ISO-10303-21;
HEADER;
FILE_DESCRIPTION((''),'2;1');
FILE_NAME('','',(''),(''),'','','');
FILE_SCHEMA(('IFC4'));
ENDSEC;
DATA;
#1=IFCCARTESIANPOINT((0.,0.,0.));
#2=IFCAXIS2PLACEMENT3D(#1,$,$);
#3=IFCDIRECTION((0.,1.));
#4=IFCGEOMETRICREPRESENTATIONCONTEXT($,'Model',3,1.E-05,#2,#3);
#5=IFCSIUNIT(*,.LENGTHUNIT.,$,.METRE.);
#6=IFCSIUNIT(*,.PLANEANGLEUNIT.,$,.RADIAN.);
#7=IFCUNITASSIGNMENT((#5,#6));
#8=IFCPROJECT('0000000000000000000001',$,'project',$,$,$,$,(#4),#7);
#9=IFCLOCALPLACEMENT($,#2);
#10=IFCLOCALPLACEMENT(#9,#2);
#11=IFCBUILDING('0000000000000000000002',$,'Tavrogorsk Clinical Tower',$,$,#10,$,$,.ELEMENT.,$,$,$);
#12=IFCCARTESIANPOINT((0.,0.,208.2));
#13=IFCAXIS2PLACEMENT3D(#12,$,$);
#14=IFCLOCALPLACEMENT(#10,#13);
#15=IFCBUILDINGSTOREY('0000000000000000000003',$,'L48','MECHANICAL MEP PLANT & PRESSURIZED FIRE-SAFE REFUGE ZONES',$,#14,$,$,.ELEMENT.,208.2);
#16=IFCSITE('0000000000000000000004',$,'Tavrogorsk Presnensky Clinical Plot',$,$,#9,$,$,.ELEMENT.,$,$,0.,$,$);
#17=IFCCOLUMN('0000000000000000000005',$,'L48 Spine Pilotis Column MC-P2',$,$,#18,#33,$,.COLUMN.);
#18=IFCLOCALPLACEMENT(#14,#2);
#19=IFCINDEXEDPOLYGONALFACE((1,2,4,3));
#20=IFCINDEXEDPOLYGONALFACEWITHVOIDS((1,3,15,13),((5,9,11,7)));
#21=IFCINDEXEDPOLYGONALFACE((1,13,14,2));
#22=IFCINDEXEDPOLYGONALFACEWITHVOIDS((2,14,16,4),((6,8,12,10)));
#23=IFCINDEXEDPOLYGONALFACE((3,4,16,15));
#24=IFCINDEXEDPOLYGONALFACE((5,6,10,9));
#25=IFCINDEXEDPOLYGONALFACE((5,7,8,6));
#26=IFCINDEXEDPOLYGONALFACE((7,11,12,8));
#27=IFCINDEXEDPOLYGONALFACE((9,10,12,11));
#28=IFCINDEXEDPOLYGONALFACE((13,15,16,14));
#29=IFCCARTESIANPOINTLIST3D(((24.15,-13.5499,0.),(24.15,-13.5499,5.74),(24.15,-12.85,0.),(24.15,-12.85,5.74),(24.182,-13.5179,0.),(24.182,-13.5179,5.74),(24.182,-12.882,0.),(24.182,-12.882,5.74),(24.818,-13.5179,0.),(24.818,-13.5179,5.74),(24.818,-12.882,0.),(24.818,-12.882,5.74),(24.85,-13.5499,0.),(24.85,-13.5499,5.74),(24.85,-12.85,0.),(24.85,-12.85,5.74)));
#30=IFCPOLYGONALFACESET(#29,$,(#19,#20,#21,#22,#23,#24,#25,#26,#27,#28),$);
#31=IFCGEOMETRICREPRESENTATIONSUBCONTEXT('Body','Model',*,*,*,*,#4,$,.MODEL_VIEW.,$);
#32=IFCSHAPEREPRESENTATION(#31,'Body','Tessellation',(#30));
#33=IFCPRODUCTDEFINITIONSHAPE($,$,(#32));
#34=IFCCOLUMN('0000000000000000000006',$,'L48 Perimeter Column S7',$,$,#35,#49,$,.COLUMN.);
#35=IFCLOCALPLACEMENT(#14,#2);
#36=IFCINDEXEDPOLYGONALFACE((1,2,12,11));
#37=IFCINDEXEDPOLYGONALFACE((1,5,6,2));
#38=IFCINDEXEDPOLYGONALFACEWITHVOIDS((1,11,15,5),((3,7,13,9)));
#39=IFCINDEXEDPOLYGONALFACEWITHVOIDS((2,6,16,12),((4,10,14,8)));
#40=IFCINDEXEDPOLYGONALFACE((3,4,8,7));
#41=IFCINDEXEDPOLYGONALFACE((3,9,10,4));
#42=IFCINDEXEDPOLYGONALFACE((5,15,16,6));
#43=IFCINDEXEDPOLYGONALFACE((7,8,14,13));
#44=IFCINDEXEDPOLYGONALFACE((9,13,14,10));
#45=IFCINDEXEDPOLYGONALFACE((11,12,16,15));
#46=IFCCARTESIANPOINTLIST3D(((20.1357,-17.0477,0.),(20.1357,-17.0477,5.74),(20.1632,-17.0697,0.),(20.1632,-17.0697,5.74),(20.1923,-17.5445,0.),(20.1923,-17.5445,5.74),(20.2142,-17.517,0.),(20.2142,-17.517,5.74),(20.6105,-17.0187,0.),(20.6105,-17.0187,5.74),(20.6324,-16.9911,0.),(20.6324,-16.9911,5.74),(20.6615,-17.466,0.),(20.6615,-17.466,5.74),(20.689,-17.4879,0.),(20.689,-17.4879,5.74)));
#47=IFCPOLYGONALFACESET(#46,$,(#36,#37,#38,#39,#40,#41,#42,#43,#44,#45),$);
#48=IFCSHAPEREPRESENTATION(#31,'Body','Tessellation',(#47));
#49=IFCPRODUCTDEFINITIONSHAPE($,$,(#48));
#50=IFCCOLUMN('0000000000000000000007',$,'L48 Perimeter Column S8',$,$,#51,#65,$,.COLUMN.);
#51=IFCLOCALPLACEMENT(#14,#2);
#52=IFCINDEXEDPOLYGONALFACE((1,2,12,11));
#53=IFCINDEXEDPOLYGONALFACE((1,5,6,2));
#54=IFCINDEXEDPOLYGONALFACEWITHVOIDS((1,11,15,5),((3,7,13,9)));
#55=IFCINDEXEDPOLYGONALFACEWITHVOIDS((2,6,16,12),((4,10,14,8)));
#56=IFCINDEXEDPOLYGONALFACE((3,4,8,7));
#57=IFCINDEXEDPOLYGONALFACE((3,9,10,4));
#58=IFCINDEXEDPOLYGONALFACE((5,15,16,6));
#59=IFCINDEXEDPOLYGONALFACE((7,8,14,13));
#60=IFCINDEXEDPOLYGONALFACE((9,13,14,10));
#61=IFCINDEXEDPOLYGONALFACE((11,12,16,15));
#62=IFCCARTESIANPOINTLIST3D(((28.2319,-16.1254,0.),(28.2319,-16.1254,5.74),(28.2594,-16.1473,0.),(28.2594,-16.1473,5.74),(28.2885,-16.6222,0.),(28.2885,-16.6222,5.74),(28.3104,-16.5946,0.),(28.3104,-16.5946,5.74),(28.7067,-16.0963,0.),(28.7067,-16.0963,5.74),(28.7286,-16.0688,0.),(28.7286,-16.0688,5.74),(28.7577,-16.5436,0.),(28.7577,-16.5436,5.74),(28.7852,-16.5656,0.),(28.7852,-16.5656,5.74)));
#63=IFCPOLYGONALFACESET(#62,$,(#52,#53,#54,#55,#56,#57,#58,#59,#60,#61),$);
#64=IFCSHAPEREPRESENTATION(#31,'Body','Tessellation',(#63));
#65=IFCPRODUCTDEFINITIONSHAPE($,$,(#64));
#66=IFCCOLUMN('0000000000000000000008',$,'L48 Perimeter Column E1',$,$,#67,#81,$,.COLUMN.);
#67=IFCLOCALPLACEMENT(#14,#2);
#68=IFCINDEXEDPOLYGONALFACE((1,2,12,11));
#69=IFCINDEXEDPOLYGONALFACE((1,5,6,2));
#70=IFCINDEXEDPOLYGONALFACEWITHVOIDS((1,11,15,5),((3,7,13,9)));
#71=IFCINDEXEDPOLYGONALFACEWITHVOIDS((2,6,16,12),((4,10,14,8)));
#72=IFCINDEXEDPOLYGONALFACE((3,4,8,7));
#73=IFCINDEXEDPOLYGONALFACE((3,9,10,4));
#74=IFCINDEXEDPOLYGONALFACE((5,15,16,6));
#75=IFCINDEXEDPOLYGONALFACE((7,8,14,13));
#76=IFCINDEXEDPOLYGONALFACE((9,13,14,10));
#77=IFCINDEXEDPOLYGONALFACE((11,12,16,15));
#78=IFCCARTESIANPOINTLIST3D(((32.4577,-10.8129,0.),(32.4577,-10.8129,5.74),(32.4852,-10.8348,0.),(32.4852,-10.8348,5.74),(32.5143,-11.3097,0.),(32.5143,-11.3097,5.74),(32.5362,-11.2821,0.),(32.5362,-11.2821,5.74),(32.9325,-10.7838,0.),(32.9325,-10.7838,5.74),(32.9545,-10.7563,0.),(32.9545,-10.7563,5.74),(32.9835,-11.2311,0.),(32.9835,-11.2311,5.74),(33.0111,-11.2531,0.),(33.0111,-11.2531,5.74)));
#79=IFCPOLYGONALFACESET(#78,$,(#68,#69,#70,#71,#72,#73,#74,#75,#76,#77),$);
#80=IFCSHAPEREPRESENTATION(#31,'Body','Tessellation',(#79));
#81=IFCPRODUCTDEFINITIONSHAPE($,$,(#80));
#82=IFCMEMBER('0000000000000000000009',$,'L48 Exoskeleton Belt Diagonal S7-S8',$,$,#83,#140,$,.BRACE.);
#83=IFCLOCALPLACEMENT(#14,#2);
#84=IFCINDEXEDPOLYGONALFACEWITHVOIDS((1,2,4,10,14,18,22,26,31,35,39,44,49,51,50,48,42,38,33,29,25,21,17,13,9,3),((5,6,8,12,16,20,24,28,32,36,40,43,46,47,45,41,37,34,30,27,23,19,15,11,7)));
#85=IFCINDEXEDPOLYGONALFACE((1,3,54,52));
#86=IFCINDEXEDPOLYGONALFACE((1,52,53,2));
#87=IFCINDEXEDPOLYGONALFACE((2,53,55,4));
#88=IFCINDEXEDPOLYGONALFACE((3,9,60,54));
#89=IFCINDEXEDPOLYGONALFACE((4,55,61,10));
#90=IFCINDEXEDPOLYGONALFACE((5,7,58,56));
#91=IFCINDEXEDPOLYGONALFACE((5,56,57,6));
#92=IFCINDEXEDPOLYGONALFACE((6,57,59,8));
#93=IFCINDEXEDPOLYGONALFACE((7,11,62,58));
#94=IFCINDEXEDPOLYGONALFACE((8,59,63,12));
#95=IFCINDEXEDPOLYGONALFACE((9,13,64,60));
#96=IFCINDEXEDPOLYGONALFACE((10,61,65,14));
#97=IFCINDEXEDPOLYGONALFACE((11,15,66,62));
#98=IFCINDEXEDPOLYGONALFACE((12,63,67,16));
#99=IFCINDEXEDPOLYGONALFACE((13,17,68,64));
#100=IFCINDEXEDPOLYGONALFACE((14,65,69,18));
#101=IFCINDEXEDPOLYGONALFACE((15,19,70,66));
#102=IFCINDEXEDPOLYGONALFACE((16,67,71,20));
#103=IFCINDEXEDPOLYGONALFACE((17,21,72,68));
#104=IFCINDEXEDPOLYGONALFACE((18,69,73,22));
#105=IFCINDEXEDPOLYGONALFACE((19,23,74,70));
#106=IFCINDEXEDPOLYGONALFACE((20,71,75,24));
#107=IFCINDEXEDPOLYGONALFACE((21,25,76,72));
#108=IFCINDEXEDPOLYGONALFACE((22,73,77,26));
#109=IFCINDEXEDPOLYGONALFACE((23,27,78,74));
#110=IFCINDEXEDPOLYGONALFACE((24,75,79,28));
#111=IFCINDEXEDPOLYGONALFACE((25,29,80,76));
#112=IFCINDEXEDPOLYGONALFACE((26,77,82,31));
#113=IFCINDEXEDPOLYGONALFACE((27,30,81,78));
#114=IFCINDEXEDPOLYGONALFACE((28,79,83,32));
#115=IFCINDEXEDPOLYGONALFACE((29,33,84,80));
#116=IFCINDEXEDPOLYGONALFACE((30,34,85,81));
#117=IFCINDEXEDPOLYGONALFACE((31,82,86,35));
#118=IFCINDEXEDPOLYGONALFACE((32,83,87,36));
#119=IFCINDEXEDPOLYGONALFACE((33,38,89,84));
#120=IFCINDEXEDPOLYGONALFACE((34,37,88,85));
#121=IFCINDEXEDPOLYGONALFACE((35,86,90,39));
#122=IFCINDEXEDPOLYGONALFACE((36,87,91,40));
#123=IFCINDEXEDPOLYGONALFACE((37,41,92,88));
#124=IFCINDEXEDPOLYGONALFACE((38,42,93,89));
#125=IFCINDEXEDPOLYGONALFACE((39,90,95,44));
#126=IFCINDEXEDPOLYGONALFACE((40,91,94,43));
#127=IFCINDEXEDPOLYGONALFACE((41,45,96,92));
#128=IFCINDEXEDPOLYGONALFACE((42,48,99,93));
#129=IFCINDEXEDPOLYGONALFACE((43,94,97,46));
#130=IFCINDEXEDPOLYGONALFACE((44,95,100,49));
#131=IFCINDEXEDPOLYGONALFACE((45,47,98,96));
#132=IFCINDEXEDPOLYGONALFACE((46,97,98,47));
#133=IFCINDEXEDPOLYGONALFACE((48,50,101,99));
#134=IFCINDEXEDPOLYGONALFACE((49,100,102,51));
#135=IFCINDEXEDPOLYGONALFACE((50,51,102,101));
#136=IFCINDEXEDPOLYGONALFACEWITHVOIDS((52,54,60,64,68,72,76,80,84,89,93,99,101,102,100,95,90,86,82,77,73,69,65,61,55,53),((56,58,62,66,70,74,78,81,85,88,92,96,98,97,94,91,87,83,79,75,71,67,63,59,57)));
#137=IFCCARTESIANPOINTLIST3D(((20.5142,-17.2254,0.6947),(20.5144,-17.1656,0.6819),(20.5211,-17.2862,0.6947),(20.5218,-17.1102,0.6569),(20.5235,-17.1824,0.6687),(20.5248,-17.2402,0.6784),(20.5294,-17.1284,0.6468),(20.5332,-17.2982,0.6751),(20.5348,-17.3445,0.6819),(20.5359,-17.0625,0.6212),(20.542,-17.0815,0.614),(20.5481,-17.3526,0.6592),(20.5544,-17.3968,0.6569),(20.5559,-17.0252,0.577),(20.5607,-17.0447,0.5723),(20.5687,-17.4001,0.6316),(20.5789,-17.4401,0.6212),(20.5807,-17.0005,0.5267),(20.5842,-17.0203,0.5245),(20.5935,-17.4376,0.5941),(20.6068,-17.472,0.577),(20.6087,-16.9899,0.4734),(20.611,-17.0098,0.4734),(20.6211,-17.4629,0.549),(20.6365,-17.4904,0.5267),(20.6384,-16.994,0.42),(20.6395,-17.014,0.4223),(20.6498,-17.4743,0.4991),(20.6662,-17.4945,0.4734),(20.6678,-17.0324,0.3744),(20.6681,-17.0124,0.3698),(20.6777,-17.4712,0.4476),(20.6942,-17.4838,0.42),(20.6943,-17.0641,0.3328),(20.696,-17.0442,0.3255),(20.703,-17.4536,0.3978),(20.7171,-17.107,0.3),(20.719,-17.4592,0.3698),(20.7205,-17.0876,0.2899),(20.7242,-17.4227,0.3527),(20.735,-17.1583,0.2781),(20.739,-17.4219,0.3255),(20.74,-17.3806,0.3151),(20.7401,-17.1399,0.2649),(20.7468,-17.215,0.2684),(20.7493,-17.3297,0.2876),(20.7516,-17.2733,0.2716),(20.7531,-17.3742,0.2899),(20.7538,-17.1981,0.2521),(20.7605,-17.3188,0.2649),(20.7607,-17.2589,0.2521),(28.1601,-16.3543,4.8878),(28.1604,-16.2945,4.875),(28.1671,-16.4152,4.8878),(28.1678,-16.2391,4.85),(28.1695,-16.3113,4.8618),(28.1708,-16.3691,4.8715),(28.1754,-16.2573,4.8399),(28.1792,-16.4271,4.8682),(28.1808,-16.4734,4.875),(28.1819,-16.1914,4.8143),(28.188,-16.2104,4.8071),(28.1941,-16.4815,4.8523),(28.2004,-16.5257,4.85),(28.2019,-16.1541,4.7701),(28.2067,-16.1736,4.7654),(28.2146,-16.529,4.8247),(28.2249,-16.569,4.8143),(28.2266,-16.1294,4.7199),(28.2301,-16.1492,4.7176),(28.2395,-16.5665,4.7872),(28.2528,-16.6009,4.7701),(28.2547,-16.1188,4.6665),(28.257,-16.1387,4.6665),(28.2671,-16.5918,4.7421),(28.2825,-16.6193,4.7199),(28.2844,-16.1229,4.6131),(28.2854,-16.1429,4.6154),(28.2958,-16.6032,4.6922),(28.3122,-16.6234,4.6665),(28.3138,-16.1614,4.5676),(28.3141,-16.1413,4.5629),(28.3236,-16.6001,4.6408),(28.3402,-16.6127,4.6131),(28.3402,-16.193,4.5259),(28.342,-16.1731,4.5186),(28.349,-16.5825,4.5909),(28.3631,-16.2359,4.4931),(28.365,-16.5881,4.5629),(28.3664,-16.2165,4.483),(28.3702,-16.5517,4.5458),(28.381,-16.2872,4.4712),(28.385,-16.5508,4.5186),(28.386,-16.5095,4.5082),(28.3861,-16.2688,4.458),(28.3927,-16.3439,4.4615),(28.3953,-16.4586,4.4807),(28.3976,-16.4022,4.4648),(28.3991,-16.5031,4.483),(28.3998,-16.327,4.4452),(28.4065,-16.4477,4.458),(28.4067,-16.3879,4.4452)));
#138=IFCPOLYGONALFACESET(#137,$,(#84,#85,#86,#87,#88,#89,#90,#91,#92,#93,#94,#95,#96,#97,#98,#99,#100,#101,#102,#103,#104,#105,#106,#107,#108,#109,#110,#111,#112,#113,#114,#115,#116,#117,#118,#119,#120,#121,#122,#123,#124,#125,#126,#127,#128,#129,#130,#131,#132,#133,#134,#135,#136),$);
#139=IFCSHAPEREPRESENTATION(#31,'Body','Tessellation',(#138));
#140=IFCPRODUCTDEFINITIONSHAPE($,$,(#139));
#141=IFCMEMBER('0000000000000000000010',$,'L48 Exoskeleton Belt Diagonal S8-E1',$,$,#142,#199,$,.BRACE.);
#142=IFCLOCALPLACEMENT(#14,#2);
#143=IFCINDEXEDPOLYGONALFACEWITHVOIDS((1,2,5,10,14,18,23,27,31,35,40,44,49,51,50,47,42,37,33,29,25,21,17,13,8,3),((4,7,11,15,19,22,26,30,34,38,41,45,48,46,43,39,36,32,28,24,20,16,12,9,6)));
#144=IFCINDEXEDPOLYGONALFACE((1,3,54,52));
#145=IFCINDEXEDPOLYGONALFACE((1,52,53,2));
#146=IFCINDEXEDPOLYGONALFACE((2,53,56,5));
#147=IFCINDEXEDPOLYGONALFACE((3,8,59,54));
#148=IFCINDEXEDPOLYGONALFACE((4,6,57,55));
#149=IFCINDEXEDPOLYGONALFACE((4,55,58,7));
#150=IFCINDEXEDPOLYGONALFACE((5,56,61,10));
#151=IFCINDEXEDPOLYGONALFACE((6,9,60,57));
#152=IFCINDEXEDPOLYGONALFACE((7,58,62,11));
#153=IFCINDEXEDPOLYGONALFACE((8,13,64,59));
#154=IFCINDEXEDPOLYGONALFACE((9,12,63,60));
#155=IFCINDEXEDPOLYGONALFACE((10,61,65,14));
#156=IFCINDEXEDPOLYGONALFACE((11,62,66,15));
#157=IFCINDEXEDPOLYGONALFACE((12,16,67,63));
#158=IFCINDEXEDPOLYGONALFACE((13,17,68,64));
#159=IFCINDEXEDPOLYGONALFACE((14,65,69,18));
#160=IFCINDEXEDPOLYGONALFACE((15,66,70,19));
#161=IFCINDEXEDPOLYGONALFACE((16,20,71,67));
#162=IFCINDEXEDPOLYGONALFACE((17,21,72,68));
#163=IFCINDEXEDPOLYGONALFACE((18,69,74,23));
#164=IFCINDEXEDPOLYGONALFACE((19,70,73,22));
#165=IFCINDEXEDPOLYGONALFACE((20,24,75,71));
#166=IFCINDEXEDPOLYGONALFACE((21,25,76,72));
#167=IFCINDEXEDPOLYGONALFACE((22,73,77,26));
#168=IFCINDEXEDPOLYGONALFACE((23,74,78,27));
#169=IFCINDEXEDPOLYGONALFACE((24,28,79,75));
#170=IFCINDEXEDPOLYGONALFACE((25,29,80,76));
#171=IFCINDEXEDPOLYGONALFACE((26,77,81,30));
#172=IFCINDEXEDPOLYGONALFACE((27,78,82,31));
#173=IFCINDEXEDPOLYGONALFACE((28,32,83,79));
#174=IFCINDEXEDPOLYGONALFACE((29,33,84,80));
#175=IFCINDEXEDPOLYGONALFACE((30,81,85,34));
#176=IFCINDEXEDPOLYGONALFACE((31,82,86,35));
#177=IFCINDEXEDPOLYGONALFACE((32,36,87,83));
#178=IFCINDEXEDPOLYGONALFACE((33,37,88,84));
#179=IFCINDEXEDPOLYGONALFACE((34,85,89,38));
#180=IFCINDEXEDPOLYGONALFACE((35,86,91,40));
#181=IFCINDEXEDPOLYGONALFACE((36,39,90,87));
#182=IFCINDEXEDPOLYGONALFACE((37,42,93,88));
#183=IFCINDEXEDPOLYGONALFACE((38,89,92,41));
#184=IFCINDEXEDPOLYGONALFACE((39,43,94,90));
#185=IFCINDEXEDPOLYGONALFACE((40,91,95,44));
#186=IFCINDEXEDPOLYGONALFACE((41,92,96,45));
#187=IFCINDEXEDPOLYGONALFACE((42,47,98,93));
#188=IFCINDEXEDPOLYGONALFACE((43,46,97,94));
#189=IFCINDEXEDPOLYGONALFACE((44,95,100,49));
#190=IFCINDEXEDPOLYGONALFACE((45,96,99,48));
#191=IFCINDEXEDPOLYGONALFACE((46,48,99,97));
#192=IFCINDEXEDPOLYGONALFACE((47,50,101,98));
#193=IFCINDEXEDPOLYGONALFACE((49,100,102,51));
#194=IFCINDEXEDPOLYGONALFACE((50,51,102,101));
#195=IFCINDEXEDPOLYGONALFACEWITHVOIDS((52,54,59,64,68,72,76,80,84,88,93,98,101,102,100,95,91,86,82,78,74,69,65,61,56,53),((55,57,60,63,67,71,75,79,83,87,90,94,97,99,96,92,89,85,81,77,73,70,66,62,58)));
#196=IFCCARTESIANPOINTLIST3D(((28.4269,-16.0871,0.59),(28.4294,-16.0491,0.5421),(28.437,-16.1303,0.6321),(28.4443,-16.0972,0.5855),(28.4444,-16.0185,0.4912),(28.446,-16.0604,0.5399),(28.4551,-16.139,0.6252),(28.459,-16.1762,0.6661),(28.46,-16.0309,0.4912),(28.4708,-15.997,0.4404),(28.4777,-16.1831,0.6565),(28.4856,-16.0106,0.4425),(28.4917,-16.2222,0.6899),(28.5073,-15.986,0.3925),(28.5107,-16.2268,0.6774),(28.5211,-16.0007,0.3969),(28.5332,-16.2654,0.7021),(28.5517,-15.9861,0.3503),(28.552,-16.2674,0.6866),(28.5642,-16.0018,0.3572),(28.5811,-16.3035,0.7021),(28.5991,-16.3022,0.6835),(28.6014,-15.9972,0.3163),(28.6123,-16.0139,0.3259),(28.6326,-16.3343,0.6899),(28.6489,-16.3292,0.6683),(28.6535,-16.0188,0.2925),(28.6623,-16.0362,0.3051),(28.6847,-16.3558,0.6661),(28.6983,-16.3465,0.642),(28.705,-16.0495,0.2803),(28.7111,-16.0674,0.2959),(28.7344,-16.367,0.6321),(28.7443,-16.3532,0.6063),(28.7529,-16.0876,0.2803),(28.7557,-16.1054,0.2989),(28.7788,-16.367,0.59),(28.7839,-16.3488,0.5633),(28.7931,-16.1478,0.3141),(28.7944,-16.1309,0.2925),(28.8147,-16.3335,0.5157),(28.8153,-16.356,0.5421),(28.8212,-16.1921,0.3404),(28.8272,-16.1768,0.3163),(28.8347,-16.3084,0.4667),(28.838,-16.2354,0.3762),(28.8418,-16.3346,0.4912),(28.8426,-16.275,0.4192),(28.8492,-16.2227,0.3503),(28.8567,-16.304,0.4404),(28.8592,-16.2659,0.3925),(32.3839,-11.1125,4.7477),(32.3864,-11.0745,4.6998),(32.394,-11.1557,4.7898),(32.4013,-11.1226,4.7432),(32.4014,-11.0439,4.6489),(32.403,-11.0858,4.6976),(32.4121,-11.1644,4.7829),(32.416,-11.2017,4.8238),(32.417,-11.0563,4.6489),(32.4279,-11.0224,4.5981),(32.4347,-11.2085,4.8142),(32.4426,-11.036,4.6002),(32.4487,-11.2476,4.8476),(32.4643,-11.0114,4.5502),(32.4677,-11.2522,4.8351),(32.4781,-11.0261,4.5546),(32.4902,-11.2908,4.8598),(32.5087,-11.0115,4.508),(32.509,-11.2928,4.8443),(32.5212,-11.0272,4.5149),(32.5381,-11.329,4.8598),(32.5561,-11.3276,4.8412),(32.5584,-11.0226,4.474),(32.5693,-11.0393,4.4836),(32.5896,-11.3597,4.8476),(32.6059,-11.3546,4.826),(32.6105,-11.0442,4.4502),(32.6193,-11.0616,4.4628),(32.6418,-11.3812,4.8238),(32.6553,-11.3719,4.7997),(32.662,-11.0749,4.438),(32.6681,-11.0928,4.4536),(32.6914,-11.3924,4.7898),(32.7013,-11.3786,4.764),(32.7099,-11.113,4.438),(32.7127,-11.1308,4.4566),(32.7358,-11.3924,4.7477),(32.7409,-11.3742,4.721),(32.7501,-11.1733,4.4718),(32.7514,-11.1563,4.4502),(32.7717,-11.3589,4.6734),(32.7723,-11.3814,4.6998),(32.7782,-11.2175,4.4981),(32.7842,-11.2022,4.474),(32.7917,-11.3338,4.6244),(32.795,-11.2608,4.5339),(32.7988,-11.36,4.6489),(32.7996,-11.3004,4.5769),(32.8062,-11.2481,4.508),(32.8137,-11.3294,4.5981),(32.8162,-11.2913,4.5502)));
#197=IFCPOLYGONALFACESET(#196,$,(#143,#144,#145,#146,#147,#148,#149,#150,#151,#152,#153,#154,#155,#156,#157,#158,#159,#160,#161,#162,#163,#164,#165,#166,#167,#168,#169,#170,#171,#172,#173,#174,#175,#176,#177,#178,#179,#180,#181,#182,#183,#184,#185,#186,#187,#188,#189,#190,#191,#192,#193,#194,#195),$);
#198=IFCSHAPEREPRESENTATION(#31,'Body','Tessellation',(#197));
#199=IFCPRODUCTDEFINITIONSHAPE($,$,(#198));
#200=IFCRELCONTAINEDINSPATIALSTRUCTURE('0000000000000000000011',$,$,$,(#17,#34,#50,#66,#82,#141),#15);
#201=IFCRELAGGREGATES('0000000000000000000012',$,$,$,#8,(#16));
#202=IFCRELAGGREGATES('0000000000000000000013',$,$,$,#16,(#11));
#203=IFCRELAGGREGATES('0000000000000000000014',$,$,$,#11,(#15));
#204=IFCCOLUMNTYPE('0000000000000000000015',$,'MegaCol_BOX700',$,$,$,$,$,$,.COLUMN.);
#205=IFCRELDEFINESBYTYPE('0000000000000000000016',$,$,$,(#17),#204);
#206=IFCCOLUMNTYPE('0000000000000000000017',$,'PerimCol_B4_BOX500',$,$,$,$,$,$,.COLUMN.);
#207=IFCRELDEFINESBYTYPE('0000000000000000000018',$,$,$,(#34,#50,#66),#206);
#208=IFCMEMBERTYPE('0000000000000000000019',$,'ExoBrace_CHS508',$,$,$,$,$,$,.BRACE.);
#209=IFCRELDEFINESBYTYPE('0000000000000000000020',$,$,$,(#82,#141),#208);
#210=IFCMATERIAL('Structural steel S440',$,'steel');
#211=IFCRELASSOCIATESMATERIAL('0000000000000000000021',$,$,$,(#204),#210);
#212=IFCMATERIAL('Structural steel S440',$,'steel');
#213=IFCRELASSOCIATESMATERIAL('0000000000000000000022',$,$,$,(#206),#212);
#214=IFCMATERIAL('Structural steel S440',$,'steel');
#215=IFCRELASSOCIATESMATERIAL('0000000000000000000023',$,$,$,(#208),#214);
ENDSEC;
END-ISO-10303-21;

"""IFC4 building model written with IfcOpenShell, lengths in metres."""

from ifc_helpers import new_model, si_unit, direction, frame, origin, origin_2d, place, context, subcontext, project, spatial, hollow_rectangle, hollow_circle, extrude, material, material_profile, profile_set, type_object, element, save


model = new_model("IFC4")

# Units and contexts
model_context = context("Model", 3, precision=1e-05, world=origin(), true_north=direction((0.0, 1.0)))
body_context = subcontext(model_context, "Body", "Model", "MODEL_VIEW")
ifc_project = project(units=[si_unit("LENGTHUNIT", "METRE"), si_unit("PLANEANGLEUNIT", "RADIAN")], contexts=[model_context])

# Site, building, storey
site_placement = place(None, origin())
site = spatial("IfcSite", under=ifc_project, at=site_placement, Name="Tavrogorsk Presnensky Clinical Plot", CompositionType="ELEMENT", RefElevation=0.0)
building_placement = place(site_placement, origin())
building = spatial("IfcBuilding", under=site, at=building_placement, Name="Tavrogorsk Clinical Tower", CompositionType="ELEMENT")
storey_placement = place(building_placement, frame((0.0, 0.0, 208.2)))
storey = spatial("IfcBuildingStorey", under=building, at=storey_placement, Name="L48", Description="MECHANICAL MEP PLANT & PRESSURIZED FIRE-SAFE REFUGE ZONES", CompositionType="ELEMENT", Elevation=208.2)

# Columns
ifc_material_1 = material(Name="Structural steel S440", Category="steel")
ifc_material_profile_1 = material_profile(ifc_material_1, hollow_rectangle(XDim=0.7, YDim=0.7, WallThickness=0.032, at=origin_2d()), Name="BOX-700x700x32")
ifc_profile_set_1 = profile_set([ifc_material_profile_1], Name="Structural steel S440")
column_type_1 = type_object("IfcColumnType", Name="MegaCol_BOX700", PredefinedType="COLUMN", material=ifc_profile_set_1)
column_placement = place(storey_placement, frame((24.5, -13.2, 0.0), z_axis=(0.0, 0.0, 1.0), x_axis=(1.0, 0.0, 0.0)))
element("IfcColumn", 1, at=column_placement, inside=storey, type_object=column_type_1, Name="L48 Spine Pilotis Column MC-P2", PredefinedType="COLUMN", context=body_context, shape_type="SweptSolid", body=[
    extrude(hollow_rectangle(XDim=0.7, YDim=0.7, WallThickness=0.032, at=origin_2d()), origin(), (0.0, 0.0, 1.0), 5.74),
])
ifc_material_2 = material(Name="Structural steel S440", Category="steel")
ifc_material_profile_2 = material_profile(ifc_material_2, hollow_rectangle(XDim=0.5, YDim=0.5, WallThickness=0.0249, at=origin_2d()), Name="BOX-500x500x25")
ifc_profile_set_2 = profile_set([ifc_material_profile_2], Name="Structural steel S440")
column_type_2 = type_object("IfcColumnType", Name="PerimCol_B4_BOX500", PredefinedType="COLUMN", material=ifc_profile_set_2)
for number, where, z_axis, x_axis, name in (
    (2, (20.4124, -17.2678, 0.0), (0.0, 0.0, 1.0), (0.993572, 0.113203, 0.0), "L48 Perimeter Column S7"),
    (3, (28.5085, -16.3455, 0.0), (0.0, 0.0, 1.0), (0.993572, 0.113203, 0.0), "L48 Perimeter Column S8"),
    (4, (32.7344, -11.033, 0.0), (0.0, 0.0, 1.0), (0.993572, 0.113203, 0.0), "L48 Perimeter Column E1"),
):
    element("IfcColumn", number, at=place(storey_placement, frame(where, z_axis=z_axis, x_axis=x_axis)), inside=storey, type_object=column_type_2, Name=name, PredefinedType="COLUMN", context=body_context, shape_type="SweptSolid", body=[
        extrude(hollow_rectangle(XDim=0.5, YDim=0.5, WallThickness=0.0249, at=origin_2d()), origin(), (0.0, 0.0, 1.0), 5.74),
    ])

# Members
ifc_material_3 = material(Name="Structural steel S440", Category="steel")
ifc_material_profile_3 = material_profile(ifc_material_3, hollow_circle(Radius=0.2539, WallThickness=0.02, at=origin_2d()), Name="CHS-508x20")
ifc_profile_set_3 = profile_set([ifc_material_profile_3], Name="Structural steel S440")
member_type = type_object("IfcMemberType", Name="ExoBrace_CHS508", PredefinedType="BRACE", material=ifc_profile_set_3)
member_1_placement = place(storey_placement, frame((20.6375, -17.2422, 0.4734), z_axis=(0.872463, 0.099398, 0.478465), x_axis=(-0.113196, 0.993573, 0.0)))
element("IfcMember", 5, at=member_1_placement, inside=storey, type_object=member_type, Name="L48 Exoskeleton Belt Diagonal S7-S8", PredefinedType="BRACE", context=body_context, shape_type="SweptSolid", body=[
    extrude(hollow_circle(Radius=0.2539, WallThickness=0.02, at=origin_2d()), origin(), (0.0, 0.0, 1.0), 8.7637),
])
member_2_placement = place(storey_placement, frame((28.6431, -16.1765, 0.4912), z_axis=(0.520971, 0.654943, 0.547393), x_axis=(-0.782604, 0.622519, 0.0)))
element("IfcMember", 6, at=member_2_placement, inside=storey, type_object=member_type, Name="L48 Exoskeleton Belt Diagonal S8-E1", PredefinedType="BRACE", context=body_context, shape_type="SweptSolid", body=[
    extrude(hollow_circle(Radius=0.2539, WallThickness=0.02, at=origin_2d()), origin(), (0.0, 0.0, 1.0), 7.5955),
])

save(model, "model.ifc")
